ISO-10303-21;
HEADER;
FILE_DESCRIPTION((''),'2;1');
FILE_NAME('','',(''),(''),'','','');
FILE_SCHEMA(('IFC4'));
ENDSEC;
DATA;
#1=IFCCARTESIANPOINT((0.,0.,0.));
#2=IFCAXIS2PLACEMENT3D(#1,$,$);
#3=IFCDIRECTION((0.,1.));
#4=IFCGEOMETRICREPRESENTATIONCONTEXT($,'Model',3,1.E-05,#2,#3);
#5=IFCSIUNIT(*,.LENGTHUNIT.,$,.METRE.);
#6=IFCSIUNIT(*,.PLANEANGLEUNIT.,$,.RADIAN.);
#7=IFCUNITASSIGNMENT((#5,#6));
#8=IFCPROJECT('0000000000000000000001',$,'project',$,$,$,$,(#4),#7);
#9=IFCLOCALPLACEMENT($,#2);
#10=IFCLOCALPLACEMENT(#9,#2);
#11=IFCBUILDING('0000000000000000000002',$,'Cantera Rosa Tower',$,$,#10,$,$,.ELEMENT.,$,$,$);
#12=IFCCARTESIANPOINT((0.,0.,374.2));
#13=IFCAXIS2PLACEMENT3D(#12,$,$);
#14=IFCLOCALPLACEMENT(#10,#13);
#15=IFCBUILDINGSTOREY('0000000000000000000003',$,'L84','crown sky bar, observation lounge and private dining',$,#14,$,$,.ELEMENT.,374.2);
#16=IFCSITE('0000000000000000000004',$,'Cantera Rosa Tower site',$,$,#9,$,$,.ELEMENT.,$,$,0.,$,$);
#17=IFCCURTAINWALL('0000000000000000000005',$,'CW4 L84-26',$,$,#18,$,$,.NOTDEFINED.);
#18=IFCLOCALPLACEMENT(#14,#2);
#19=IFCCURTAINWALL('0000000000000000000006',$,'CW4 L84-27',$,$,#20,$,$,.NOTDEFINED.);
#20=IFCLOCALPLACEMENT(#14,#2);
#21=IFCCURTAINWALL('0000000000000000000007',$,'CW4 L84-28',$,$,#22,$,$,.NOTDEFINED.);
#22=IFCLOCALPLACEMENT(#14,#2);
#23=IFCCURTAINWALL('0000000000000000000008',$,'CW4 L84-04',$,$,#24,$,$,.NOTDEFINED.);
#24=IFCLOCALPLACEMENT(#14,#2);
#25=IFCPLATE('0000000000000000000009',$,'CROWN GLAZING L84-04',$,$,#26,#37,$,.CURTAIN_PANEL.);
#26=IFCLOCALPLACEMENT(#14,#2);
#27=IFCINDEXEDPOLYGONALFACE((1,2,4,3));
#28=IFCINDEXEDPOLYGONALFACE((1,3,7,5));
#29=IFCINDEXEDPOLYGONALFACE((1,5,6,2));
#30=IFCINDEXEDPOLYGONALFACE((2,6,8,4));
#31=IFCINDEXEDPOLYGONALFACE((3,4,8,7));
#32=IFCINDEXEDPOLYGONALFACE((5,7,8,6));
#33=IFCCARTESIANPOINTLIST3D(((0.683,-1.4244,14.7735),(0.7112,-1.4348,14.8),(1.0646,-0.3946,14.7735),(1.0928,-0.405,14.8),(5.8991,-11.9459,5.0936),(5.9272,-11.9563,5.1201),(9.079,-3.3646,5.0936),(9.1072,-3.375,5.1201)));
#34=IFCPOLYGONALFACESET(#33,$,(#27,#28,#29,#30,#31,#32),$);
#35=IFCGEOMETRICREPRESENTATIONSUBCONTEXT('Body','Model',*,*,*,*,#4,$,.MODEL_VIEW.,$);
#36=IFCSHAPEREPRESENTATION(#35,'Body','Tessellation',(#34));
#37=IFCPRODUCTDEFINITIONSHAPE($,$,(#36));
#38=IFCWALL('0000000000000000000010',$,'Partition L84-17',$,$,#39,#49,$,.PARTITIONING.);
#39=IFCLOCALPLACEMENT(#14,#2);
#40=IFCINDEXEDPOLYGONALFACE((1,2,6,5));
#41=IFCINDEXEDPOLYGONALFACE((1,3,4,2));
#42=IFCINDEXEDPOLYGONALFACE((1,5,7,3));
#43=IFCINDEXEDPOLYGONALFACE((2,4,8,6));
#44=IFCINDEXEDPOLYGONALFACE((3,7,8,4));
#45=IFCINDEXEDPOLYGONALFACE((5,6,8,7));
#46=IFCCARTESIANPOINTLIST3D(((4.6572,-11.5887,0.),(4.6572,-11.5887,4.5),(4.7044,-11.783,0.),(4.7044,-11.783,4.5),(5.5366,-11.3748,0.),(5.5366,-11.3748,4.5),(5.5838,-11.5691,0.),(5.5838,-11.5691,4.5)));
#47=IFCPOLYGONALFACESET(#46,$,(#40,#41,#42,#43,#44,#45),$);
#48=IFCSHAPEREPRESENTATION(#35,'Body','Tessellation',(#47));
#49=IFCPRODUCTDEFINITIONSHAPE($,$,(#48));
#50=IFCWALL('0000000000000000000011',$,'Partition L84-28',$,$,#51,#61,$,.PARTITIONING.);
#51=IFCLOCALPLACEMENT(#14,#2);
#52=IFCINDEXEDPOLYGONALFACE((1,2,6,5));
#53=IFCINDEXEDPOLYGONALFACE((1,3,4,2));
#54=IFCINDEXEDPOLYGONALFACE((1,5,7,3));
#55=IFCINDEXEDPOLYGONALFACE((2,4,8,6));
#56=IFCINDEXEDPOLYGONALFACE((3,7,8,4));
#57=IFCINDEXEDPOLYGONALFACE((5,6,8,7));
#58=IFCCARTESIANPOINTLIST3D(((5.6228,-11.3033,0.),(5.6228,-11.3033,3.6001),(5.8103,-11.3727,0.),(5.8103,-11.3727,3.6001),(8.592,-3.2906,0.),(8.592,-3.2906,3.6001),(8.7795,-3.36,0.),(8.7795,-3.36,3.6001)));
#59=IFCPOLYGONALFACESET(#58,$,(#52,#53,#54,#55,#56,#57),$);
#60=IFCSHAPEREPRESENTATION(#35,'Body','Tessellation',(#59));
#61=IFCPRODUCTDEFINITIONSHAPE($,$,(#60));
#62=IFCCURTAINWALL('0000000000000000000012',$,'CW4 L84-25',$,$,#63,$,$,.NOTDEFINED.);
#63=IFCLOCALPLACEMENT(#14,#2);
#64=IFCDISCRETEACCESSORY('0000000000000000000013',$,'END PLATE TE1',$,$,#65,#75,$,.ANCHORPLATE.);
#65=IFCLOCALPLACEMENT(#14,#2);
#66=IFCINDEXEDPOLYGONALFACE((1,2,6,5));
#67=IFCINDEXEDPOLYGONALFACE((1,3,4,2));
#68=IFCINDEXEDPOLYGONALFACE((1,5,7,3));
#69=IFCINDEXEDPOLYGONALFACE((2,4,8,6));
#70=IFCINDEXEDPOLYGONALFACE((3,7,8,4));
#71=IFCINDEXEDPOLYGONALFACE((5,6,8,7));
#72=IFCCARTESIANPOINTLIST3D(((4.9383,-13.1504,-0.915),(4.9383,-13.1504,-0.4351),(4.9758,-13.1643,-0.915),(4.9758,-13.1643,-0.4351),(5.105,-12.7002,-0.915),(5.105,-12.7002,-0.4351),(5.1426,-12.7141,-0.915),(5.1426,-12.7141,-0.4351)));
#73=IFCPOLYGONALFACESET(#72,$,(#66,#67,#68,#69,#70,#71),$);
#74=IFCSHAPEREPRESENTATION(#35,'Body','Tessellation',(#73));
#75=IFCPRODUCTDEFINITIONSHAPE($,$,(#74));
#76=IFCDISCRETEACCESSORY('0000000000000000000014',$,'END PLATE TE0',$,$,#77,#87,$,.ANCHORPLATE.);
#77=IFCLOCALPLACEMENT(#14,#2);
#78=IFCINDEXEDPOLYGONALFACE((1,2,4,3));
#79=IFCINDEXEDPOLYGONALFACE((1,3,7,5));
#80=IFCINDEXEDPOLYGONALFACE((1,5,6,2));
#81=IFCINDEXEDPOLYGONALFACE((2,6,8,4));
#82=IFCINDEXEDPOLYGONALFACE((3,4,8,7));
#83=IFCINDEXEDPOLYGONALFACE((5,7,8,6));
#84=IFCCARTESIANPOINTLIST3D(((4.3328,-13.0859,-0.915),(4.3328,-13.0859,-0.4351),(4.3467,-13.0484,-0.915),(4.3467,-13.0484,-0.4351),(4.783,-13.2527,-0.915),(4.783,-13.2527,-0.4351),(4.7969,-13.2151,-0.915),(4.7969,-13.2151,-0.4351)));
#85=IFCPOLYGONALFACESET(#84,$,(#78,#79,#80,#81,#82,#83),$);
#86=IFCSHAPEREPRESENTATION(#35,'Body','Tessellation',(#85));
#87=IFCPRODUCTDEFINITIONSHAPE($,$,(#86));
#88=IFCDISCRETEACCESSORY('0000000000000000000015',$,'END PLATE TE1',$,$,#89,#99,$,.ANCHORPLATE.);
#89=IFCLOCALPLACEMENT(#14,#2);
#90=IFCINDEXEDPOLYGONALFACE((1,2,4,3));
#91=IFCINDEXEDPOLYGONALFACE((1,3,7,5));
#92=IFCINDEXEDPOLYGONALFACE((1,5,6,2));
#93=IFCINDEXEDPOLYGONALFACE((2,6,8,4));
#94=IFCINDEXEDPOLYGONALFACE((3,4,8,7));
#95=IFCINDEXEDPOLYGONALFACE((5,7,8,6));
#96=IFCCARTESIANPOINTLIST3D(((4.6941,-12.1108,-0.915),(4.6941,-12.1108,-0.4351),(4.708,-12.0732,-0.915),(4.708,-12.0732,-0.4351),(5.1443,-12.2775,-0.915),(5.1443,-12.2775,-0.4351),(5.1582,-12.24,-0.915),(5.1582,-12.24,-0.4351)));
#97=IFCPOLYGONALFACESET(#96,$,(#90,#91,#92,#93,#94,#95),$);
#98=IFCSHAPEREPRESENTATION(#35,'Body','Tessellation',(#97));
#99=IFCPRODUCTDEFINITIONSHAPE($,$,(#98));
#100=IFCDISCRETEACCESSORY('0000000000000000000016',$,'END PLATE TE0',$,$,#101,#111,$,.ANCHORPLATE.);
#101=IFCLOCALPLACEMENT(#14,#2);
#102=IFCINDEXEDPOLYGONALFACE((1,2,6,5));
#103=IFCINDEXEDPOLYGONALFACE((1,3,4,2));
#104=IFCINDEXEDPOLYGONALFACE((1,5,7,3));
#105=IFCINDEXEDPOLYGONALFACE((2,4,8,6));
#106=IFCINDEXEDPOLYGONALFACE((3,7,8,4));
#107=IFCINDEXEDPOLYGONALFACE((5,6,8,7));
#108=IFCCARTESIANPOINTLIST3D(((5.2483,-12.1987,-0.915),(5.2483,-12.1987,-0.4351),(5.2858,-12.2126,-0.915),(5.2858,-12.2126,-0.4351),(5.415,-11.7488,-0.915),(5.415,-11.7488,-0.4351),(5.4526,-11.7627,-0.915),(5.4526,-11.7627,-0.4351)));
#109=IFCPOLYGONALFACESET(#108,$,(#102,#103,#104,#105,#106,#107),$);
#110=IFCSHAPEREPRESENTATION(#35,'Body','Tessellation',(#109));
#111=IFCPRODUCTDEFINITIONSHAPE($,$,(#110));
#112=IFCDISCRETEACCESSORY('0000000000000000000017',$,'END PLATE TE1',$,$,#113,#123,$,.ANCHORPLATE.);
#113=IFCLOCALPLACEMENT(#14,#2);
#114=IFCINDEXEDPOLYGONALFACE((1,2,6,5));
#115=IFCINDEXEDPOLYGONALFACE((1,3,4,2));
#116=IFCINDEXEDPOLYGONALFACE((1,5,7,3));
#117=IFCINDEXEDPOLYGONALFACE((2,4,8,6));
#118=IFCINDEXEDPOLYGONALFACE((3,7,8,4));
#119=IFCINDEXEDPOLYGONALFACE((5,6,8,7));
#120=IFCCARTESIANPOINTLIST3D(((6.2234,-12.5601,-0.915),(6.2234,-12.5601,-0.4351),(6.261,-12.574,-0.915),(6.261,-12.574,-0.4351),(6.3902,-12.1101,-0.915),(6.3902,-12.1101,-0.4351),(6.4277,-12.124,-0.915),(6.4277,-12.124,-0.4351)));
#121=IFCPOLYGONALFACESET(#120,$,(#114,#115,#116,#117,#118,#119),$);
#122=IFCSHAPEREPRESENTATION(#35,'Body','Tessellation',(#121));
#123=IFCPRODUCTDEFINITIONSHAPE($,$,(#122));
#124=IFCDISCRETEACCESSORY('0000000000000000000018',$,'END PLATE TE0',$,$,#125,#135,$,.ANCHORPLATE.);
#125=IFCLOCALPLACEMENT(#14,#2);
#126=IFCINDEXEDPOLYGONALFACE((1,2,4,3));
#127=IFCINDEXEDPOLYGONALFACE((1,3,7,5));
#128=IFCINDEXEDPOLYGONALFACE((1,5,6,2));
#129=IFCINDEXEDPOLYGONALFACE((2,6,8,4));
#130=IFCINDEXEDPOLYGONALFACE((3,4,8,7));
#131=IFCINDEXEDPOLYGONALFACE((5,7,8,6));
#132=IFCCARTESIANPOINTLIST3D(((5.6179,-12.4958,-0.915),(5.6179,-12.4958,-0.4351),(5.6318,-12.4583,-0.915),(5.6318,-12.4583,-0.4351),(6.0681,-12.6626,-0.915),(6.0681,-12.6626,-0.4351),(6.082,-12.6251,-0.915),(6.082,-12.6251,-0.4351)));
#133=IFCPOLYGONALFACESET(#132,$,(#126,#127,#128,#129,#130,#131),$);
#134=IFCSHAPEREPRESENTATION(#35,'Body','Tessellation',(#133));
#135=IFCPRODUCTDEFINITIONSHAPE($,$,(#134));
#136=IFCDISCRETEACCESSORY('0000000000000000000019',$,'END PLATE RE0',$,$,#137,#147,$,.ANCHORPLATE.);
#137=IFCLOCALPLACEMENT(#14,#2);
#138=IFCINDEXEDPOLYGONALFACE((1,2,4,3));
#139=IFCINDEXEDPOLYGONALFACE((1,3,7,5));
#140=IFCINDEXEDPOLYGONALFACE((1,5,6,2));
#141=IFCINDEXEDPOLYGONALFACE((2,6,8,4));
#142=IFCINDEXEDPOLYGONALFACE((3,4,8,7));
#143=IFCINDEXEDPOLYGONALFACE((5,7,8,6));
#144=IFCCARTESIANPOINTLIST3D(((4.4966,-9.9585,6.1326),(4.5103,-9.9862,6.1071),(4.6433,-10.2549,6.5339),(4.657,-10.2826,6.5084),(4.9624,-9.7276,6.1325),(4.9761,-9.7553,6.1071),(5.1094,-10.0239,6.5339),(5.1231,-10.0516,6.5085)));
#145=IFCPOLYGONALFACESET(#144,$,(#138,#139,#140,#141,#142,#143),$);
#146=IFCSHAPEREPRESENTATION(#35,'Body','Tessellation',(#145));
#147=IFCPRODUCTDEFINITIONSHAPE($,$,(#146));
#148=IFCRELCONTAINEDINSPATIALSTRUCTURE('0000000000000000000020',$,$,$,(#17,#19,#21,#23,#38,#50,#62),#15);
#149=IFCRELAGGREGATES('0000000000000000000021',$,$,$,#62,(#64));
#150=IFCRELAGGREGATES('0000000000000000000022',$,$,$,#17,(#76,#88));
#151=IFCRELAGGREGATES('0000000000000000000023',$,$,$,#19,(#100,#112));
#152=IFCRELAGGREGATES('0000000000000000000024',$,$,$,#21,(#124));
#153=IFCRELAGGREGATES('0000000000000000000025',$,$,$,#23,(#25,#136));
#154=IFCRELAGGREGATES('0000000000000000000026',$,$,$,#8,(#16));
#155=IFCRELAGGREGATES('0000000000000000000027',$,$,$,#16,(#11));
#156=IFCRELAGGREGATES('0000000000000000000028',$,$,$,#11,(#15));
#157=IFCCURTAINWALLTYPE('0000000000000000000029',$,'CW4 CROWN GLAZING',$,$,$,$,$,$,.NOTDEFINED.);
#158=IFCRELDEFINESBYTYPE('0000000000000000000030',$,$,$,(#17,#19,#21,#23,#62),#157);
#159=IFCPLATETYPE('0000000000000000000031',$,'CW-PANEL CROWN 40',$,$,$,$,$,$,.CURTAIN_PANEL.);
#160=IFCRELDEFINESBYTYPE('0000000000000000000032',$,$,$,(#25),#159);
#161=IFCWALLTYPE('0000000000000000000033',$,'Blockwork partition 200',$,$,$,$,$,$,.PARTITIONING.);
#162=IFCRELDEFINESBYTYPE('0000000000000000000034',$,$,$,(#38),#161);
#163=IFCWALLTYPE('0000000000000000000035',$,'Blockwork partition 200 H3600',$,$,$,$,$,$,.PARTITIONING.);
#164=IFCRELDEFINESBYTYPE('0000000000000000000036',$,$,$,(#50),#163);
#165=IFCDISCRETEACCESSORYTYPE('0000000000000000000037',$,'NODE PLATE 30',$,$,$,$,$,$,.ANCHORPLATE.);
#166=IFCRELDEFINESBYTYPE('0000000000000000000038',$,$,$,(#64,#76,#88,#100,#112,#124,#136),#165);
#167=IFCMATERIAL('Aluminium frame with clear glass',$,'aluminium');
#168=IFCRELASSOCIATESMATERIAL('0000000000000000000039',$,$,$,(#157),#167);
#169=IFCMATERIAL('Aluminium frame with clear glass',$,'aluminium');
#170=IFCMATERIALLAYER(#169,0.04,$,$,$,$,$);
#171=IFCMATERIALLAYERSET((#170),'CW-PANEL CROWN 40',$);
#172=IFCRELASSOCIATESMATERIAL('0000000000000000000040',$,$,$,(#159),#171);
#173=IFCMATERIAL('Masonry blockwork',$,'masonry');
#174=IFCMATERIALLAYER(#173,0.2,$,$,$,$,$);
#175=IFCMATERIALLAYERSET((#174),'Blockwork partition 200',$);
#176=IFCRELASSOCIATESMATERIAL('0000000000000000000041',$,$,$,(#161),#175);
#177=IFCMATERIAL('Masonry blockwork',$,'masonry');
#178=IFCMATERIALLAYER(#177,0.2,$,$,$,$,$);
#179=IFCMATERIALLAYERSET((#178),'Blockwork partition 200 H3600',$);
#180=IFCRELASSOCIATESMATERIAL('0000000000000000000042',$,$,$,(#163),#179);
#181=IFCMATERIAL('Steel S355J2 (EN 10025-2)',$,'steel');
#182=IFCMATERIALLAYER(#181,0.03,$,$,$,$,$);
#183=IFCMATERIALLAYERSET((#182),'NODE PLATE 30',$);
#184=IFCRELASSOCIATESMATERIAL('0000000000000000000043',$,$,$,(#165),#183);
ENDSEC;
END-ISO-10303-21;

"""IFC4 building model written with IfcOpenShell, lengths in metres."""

from ifc_helpers import new_model, si_unit, direction, frame, frame_2d, origin, place, context, subcontext, project, spatial, polyline, rectangle, outline, extrude, material, layer, layer_set, type_object, element, aggregate, save


model = new_model("IFC4")

# Units and contexts
model_context = context("Model", 3, precision=1e-05, world=origin(), true_north=direction((0.0, 1.0)))
body_context = subcontext(model_context, "Body", "Model", "MODEL_VIEW")
ifc_project = project(units=[si_unit("LENGTHUNIT", "METRE"), si_unit("PLANEANGLEUNIT", "RADIAN")], contexts=[model_context])

# Site, building, storey
site_placement = place(None, origin())
site = spatial("IfcSite", under=ifc_project, at=site_placement, Name="Cantera Rosa Tower site", CompositionType="ELEMENT", RefElevation=0.0)
building_placement = place(site_placement, origin())
building = spatial("IfcBuilding", under=site, at=building_placement, Name="Cantera Rosa Tower", CompositionType="ELEMENT")
storey_placement = place(building_placement, frame((0.0, 0.0, 374.2)))
storey = spatial("IfcBuildingStorey", under=building, at=storey_placement, Name="L84", Description="crown sky bar, observation lounge and private dining", CompositionType="ELEMENT", Elevation=374.2)

# Curtain walls
ifc_material_1 = material(Name="Aluminium frame with clear glass", Category="aluminium")
curtain_wall_type = type_object("IfcCurtainWallType", Name="CW4 CROWN GLAZING", PredefinedType="NOTDEFINED", material=ifc_material_1)
curtain_wall_1_placement = place(storey_placement, origin())
curtain_wall_1 = element("IfcCurtainWall", 1, at=curtain_wall_1_placement, inside=storey, type_object=curtain_wall_type, Name="CW4 L84-26", PredefinedType="NOTDEFINED")
curtain_wall_2_placement = place(storey_placement, origin())
curtain_wall_2 = element("IfcCurtainWall", 2, at=curtain_wall_2_placement, inside=storey, type_object=curtain_wall_type, Name="CW4 L84-27", PredefinedType="NOTDEFINED")
curtain_wall_3_placement = place(storey_placement, origin())
curtain_wall_3 = element("IfcCurtainWall", 3, at=curtain_wall_3_placement, inside=storey, type_object=curtain_wall_type, Name="CW4 L84-28", PredefinedType="NOTDEFINED")

# Curtain wall
curtain_wall_4_placement = place(storey_placement, origin())
curtain_wall_4 = element("IfcCurtainWall", 4, at=curtain_wall_4_placement, inside=storey, type_object=curtain_wall_type, Name="CW4 L84-04", PredefinedType="NOTDEFINED")

# Plate
ifc_material_2 = material(Name="Aluminium frame with clear glass", Category="aluminium")
ifc_layer_1 = layer(ifc_material_2, 0.04)
ifc_layer_set_1 = layer_set([ifc_layer_1], Name="CW-PANEL CROWN 40")
plate_type = type_object("IfcPlateType", Name="CW-PANEL CROWN 40", PredefinedType="CURTAIN_PANEL", material=ifc_layer_set_1)
plate_1_placement = place(storey_placement, frame((5.9272, -11.9563, 5.1201), z_axis=(0.702903, -0.260471, 0.661878), x_axis=(0.347475, 0.937689, 0.0)))
plate_1 = element("IfcPlate", 5, at=plate_1_placement, type_object=plate_type, Name="CROWN GLAZING L84-04", PredefinedType="CURTAIN_PANEL", context=body_context, shape_type="SweptSolid", body=[
    extrude(outline(polyline([(0.0, 0.0), (9.1515, 0.0), (9.1516, 12.9133), (8.0534, 12.9133), (0.0, 0.0)])), origin(), (0.0, 0.0, -1.0), 0.04),
])

# Walls
ifc_material_3 = material(Name="Masonry blockwork", Category="masonry")
ifc_layer_2 = layer(ifc_material_3, 0.2)
ifc_layer_set_2 = layer_set([ifc_layer_2], Name="Blockwork partition 200")
wall_type_1 = type_object("IfcWallType", Name="Blockwork partition 200", PredefinedType="PARTITIONING", material=ifc_layer_set_2)
wall_1_placement = place(storey_placement, frame((5.5603, -11.4719, 0.0), z_axis=(0.0, 0.0, 1.0), x_axis=(-0.971678, -0.23631, 0.0)))
element("IfcWall", 6, at=wall_1_placement, inside=storey, type_object=wall_type_1, Name="Partition L84-17", PredefinedType="PARTITIONING", context=body_context, shape_type="SweptSolid", body=[
    extrude(rectangle(XDim=0.905, YDim=0.2, at=frame_2d((0.4526, 0.0))), origin(), (0.0, 0.0, 1.0), 4.5),
])
ifc_material_4 = material(Name="Masonry blockwork", Category="masonry")
ifc_layer_3 = layer(ifc_material_4, 0.2)
ifc_layer_set_3 = layer_set([ifc_layer_3], Name="Blockwork partition 200 H3600")
wall_type_2 = type_object("IfcWallType", Name="Blockwork partition 200 H3600", PredefinedType="PARTITIONING", material=ifc_layer_set_3)
wall_2_placement = place(storey_placement, frame((5.7166, -11.3379, 0.0), z_axis=(0.0, 0.0, 1.0), x_axis=(0.347476, 0.937689, 0.0)))
element("IfcWall", 7, at=wall_2_placement, inside=storey, type_object=wall_type_2, Name="Partition L84-28", PredefinedType="PARTITIONING", context=body_context, shape_type="SweptSolid", body=[
    extrude(rectangle(XDim=8.5452, YDim=0.2, at=frame_2d((4.2725, 0.0))), origin(), (0.0, 0.0, 1.0), 3.6001),
])

# Curtain wall, discrete accessory
curtain_wall_5_placement = place(storey_placement, origin())
curtain_wall_5 = element("IfcCurtainWall", 8, at=curtain_wall_5_placement, inside=storey, type_object=curtain_wall_type, Name="CW4 L84-25", PredefinedType="NOTDEFINED")
ifc_material_5 = material(Name="Steel S355J2 (EN 10025-2)", Category="steel")
ifc_layer_4 = layer(ifc_material_5, 0.03)
ifc_layer_set_4 = layer_set([ifc_layer_4], Name="NODE PLATE 30")
discrete_accessory_type = type_object("IfcDiscreteAccessoryType", Name="NODE PLATE 30", PredefinedType="ANCHORPLATE", material=ifc_layer_set_4)
discrete_accessory_1_placement = place(storey_placement, frame((5.1426, -12.7141, -0.4351), z_axis=(0.937743, -0.347331, 0.0), x_axis=(-0.347331, -0.937743, 0.0)))
discrete_accessory_1 = element("IfcDiscreteAccessory", 9, at=discrete_accessory_1_placement, type_object=discrete_accessory_type, Name="END PLATE TE1", PredefinedType="ANCHORPLATE", context=body_context, shape_type="SweptSolid", body=[
    extrude(outline(polyline([(0.0, 0.0), (0.4801, 0.0), (0.4801, 0.48), (0.0, 0.48), (0.0, 0.0)])), origin(), (0.0, 0.0, -1.0), 0.04),
])
aggregate(curtain_wall_5, [discrete_accessory_1])

# Discrete accessories
discrete_accessory_2_placement = place(storey_placement, frame((4.783, -13.2527, -0.4351), z_axis=(-0.347331, -0.937743, 0.0), x_axis=(-0.937743, 0.347331, 0.0)))
discrete_accessory_2 = element("IfcDiscreteAccessory", 10, at=discrete_accessory_2_placement, type_object=discrete_accessory_type, Name="END PLATE TE0", PredefinedType="ANCHORPLATE", context=body_context, shape_type="SweptSolid", body=[
    extrude(outline(polyline([(0.0, 0.0), (0.4801, 0.0), (0.4801, 0.48), (0.0, 0.48), (0.0, 0.0)])), origin(), (0.0, 0.0, -1.0), 0.04),
])
discrete_accessory_3_placement = place(storey_placement, frame((4.708, -12.0732, -0.4351), z_axis=(0.347331, 0.937743, 0.0), x_axis=(0.937743, -0.347331, 0.0)))
discrete_accessory_3 = element("IfcDiscreteAccessory", 11, at=discrete_accessory_3_placement, type_object=discrete_accessory_type, Name="END PLATE TE1", PredefinedType="ANCHORPLATE", context=body_context, shape_type="SweptSolid", body=[
    extrude(outline(polyline([(0.0, 0.0), (0.4801, 0.0), (0.4801, 0.48), (0.0, 0.48), (0.0, 0.0)])), origin(), (0.0, 0.0, -1.0), 0.04),
])
aggregate(curtain_wall_1, [discrete_accessory_2, discrete_accessory_3])
discrete_accessory_4_placement = place(storey_placement, frame((5.2483, -12.1987, -0.4351), z_axis=(-0.937681, 0.347497, 0.0), x_axis=(0.347497, 0.937681, 0.0)))
discrete_accessory_4 = element("IfcDiscreteAccessory", 12, at=discrete_accessory_4_placement, type_object=discrete_accessory_type, Name="END PLATE TE0", PredefinedType="ANCHORPLATE", context=body_context, shape_type="SweptSolid", body=[
    extrude(outline(polyline([(0.0, 0.0), (0.4799, 0.0), (0.4799, 0.48), (0.0, 0.48), (0.0, 0.0)])), origin(), (0.0, 0.0, -1.0), 0.04),
])
discrete_accessory_5_placement = place(storey_placement, frame((6.4277, -12.124, -0.4351), z_axis=(0.937681, -0.347497, 0.0), x_axis=(-0.347497, -0.937681, 0.0)))
discrete_accessory_5 = element("IfcDiscreteAccessory", 13, at=discrete_accessory_5_placement, type_object=discrete_accessory_type, Name="END PLATE TE1", PredefinedType="ANCHORPLATE", context=body_context, shape_type="SweptSolid", body=[
    extrude(outline(polyline([(0.0, 0.0), (0.4799, 0.0), (0.4799, 0.48), (0.0, 0.48), (0.0, 0.0)])), origin(), (0.0, 0.0, -1.0), 0.04),
])
aggregate(curtain_wall_2, [discrete_accessory_4, discrete_accessory_5])
discrete_accessory_6_placement = place(storey_placement, frame((6.0681, -12.6626, -0.4351), z_axis=(-0.347331, -0.937743, 0.0), x_axis=(-0.937743, 0.347331, 0.0)))
discrete_accessory_6 = element("IfcDiscreteAccessory", 14, at=discrete_accessory_6_placement, type_object=discrete_accessory_type, Name="END PLATE TE0", PredefinedType="ANCHORPLATE", context=body_context, shape_type="SweptSolid", body=[
    extrude(outline(polyline([(0.0, 0.0), (0.4801, 0.0), (0.4801, 0.48), (0.0, 0.48), (0.0, 0.0)])), origin(), (0.0, 0.0, -1.0), 0.04),
])
aggregate(curtain_wall_3, [discrete_accessory_6])
discrete_accessory_7_placement = place(storey_placement, frame((5.1094, -10.0239, 6.5339), z_axis=(-0.342726, 0.691429, 0.635976), x_axis=(-0.89599, -0.444075, -0.000051)))
discrete_accessory_7 = element("IfcDiscreteAccessory", 15, at=discrete_accessory_7_placement, type_object=discrete_accessory_type, Name="END PLATE RE0", PredefinedType="ANCHORPLATE", context=body_context, shape_type="SweptSolid", body=[
    extrude(outline(polyline([(0.0, 0.0), (0.5202, 0.0), (0.52, -0.5201), (0.0001, -0.5201), (0.0, 0.0)])), origin(), (0.0, 0.0, -1.0), 0.04),
])
aggregate(curtain_wall_4, [plate_1, discrete_accessory_7])

save(model, "model.ifc")
